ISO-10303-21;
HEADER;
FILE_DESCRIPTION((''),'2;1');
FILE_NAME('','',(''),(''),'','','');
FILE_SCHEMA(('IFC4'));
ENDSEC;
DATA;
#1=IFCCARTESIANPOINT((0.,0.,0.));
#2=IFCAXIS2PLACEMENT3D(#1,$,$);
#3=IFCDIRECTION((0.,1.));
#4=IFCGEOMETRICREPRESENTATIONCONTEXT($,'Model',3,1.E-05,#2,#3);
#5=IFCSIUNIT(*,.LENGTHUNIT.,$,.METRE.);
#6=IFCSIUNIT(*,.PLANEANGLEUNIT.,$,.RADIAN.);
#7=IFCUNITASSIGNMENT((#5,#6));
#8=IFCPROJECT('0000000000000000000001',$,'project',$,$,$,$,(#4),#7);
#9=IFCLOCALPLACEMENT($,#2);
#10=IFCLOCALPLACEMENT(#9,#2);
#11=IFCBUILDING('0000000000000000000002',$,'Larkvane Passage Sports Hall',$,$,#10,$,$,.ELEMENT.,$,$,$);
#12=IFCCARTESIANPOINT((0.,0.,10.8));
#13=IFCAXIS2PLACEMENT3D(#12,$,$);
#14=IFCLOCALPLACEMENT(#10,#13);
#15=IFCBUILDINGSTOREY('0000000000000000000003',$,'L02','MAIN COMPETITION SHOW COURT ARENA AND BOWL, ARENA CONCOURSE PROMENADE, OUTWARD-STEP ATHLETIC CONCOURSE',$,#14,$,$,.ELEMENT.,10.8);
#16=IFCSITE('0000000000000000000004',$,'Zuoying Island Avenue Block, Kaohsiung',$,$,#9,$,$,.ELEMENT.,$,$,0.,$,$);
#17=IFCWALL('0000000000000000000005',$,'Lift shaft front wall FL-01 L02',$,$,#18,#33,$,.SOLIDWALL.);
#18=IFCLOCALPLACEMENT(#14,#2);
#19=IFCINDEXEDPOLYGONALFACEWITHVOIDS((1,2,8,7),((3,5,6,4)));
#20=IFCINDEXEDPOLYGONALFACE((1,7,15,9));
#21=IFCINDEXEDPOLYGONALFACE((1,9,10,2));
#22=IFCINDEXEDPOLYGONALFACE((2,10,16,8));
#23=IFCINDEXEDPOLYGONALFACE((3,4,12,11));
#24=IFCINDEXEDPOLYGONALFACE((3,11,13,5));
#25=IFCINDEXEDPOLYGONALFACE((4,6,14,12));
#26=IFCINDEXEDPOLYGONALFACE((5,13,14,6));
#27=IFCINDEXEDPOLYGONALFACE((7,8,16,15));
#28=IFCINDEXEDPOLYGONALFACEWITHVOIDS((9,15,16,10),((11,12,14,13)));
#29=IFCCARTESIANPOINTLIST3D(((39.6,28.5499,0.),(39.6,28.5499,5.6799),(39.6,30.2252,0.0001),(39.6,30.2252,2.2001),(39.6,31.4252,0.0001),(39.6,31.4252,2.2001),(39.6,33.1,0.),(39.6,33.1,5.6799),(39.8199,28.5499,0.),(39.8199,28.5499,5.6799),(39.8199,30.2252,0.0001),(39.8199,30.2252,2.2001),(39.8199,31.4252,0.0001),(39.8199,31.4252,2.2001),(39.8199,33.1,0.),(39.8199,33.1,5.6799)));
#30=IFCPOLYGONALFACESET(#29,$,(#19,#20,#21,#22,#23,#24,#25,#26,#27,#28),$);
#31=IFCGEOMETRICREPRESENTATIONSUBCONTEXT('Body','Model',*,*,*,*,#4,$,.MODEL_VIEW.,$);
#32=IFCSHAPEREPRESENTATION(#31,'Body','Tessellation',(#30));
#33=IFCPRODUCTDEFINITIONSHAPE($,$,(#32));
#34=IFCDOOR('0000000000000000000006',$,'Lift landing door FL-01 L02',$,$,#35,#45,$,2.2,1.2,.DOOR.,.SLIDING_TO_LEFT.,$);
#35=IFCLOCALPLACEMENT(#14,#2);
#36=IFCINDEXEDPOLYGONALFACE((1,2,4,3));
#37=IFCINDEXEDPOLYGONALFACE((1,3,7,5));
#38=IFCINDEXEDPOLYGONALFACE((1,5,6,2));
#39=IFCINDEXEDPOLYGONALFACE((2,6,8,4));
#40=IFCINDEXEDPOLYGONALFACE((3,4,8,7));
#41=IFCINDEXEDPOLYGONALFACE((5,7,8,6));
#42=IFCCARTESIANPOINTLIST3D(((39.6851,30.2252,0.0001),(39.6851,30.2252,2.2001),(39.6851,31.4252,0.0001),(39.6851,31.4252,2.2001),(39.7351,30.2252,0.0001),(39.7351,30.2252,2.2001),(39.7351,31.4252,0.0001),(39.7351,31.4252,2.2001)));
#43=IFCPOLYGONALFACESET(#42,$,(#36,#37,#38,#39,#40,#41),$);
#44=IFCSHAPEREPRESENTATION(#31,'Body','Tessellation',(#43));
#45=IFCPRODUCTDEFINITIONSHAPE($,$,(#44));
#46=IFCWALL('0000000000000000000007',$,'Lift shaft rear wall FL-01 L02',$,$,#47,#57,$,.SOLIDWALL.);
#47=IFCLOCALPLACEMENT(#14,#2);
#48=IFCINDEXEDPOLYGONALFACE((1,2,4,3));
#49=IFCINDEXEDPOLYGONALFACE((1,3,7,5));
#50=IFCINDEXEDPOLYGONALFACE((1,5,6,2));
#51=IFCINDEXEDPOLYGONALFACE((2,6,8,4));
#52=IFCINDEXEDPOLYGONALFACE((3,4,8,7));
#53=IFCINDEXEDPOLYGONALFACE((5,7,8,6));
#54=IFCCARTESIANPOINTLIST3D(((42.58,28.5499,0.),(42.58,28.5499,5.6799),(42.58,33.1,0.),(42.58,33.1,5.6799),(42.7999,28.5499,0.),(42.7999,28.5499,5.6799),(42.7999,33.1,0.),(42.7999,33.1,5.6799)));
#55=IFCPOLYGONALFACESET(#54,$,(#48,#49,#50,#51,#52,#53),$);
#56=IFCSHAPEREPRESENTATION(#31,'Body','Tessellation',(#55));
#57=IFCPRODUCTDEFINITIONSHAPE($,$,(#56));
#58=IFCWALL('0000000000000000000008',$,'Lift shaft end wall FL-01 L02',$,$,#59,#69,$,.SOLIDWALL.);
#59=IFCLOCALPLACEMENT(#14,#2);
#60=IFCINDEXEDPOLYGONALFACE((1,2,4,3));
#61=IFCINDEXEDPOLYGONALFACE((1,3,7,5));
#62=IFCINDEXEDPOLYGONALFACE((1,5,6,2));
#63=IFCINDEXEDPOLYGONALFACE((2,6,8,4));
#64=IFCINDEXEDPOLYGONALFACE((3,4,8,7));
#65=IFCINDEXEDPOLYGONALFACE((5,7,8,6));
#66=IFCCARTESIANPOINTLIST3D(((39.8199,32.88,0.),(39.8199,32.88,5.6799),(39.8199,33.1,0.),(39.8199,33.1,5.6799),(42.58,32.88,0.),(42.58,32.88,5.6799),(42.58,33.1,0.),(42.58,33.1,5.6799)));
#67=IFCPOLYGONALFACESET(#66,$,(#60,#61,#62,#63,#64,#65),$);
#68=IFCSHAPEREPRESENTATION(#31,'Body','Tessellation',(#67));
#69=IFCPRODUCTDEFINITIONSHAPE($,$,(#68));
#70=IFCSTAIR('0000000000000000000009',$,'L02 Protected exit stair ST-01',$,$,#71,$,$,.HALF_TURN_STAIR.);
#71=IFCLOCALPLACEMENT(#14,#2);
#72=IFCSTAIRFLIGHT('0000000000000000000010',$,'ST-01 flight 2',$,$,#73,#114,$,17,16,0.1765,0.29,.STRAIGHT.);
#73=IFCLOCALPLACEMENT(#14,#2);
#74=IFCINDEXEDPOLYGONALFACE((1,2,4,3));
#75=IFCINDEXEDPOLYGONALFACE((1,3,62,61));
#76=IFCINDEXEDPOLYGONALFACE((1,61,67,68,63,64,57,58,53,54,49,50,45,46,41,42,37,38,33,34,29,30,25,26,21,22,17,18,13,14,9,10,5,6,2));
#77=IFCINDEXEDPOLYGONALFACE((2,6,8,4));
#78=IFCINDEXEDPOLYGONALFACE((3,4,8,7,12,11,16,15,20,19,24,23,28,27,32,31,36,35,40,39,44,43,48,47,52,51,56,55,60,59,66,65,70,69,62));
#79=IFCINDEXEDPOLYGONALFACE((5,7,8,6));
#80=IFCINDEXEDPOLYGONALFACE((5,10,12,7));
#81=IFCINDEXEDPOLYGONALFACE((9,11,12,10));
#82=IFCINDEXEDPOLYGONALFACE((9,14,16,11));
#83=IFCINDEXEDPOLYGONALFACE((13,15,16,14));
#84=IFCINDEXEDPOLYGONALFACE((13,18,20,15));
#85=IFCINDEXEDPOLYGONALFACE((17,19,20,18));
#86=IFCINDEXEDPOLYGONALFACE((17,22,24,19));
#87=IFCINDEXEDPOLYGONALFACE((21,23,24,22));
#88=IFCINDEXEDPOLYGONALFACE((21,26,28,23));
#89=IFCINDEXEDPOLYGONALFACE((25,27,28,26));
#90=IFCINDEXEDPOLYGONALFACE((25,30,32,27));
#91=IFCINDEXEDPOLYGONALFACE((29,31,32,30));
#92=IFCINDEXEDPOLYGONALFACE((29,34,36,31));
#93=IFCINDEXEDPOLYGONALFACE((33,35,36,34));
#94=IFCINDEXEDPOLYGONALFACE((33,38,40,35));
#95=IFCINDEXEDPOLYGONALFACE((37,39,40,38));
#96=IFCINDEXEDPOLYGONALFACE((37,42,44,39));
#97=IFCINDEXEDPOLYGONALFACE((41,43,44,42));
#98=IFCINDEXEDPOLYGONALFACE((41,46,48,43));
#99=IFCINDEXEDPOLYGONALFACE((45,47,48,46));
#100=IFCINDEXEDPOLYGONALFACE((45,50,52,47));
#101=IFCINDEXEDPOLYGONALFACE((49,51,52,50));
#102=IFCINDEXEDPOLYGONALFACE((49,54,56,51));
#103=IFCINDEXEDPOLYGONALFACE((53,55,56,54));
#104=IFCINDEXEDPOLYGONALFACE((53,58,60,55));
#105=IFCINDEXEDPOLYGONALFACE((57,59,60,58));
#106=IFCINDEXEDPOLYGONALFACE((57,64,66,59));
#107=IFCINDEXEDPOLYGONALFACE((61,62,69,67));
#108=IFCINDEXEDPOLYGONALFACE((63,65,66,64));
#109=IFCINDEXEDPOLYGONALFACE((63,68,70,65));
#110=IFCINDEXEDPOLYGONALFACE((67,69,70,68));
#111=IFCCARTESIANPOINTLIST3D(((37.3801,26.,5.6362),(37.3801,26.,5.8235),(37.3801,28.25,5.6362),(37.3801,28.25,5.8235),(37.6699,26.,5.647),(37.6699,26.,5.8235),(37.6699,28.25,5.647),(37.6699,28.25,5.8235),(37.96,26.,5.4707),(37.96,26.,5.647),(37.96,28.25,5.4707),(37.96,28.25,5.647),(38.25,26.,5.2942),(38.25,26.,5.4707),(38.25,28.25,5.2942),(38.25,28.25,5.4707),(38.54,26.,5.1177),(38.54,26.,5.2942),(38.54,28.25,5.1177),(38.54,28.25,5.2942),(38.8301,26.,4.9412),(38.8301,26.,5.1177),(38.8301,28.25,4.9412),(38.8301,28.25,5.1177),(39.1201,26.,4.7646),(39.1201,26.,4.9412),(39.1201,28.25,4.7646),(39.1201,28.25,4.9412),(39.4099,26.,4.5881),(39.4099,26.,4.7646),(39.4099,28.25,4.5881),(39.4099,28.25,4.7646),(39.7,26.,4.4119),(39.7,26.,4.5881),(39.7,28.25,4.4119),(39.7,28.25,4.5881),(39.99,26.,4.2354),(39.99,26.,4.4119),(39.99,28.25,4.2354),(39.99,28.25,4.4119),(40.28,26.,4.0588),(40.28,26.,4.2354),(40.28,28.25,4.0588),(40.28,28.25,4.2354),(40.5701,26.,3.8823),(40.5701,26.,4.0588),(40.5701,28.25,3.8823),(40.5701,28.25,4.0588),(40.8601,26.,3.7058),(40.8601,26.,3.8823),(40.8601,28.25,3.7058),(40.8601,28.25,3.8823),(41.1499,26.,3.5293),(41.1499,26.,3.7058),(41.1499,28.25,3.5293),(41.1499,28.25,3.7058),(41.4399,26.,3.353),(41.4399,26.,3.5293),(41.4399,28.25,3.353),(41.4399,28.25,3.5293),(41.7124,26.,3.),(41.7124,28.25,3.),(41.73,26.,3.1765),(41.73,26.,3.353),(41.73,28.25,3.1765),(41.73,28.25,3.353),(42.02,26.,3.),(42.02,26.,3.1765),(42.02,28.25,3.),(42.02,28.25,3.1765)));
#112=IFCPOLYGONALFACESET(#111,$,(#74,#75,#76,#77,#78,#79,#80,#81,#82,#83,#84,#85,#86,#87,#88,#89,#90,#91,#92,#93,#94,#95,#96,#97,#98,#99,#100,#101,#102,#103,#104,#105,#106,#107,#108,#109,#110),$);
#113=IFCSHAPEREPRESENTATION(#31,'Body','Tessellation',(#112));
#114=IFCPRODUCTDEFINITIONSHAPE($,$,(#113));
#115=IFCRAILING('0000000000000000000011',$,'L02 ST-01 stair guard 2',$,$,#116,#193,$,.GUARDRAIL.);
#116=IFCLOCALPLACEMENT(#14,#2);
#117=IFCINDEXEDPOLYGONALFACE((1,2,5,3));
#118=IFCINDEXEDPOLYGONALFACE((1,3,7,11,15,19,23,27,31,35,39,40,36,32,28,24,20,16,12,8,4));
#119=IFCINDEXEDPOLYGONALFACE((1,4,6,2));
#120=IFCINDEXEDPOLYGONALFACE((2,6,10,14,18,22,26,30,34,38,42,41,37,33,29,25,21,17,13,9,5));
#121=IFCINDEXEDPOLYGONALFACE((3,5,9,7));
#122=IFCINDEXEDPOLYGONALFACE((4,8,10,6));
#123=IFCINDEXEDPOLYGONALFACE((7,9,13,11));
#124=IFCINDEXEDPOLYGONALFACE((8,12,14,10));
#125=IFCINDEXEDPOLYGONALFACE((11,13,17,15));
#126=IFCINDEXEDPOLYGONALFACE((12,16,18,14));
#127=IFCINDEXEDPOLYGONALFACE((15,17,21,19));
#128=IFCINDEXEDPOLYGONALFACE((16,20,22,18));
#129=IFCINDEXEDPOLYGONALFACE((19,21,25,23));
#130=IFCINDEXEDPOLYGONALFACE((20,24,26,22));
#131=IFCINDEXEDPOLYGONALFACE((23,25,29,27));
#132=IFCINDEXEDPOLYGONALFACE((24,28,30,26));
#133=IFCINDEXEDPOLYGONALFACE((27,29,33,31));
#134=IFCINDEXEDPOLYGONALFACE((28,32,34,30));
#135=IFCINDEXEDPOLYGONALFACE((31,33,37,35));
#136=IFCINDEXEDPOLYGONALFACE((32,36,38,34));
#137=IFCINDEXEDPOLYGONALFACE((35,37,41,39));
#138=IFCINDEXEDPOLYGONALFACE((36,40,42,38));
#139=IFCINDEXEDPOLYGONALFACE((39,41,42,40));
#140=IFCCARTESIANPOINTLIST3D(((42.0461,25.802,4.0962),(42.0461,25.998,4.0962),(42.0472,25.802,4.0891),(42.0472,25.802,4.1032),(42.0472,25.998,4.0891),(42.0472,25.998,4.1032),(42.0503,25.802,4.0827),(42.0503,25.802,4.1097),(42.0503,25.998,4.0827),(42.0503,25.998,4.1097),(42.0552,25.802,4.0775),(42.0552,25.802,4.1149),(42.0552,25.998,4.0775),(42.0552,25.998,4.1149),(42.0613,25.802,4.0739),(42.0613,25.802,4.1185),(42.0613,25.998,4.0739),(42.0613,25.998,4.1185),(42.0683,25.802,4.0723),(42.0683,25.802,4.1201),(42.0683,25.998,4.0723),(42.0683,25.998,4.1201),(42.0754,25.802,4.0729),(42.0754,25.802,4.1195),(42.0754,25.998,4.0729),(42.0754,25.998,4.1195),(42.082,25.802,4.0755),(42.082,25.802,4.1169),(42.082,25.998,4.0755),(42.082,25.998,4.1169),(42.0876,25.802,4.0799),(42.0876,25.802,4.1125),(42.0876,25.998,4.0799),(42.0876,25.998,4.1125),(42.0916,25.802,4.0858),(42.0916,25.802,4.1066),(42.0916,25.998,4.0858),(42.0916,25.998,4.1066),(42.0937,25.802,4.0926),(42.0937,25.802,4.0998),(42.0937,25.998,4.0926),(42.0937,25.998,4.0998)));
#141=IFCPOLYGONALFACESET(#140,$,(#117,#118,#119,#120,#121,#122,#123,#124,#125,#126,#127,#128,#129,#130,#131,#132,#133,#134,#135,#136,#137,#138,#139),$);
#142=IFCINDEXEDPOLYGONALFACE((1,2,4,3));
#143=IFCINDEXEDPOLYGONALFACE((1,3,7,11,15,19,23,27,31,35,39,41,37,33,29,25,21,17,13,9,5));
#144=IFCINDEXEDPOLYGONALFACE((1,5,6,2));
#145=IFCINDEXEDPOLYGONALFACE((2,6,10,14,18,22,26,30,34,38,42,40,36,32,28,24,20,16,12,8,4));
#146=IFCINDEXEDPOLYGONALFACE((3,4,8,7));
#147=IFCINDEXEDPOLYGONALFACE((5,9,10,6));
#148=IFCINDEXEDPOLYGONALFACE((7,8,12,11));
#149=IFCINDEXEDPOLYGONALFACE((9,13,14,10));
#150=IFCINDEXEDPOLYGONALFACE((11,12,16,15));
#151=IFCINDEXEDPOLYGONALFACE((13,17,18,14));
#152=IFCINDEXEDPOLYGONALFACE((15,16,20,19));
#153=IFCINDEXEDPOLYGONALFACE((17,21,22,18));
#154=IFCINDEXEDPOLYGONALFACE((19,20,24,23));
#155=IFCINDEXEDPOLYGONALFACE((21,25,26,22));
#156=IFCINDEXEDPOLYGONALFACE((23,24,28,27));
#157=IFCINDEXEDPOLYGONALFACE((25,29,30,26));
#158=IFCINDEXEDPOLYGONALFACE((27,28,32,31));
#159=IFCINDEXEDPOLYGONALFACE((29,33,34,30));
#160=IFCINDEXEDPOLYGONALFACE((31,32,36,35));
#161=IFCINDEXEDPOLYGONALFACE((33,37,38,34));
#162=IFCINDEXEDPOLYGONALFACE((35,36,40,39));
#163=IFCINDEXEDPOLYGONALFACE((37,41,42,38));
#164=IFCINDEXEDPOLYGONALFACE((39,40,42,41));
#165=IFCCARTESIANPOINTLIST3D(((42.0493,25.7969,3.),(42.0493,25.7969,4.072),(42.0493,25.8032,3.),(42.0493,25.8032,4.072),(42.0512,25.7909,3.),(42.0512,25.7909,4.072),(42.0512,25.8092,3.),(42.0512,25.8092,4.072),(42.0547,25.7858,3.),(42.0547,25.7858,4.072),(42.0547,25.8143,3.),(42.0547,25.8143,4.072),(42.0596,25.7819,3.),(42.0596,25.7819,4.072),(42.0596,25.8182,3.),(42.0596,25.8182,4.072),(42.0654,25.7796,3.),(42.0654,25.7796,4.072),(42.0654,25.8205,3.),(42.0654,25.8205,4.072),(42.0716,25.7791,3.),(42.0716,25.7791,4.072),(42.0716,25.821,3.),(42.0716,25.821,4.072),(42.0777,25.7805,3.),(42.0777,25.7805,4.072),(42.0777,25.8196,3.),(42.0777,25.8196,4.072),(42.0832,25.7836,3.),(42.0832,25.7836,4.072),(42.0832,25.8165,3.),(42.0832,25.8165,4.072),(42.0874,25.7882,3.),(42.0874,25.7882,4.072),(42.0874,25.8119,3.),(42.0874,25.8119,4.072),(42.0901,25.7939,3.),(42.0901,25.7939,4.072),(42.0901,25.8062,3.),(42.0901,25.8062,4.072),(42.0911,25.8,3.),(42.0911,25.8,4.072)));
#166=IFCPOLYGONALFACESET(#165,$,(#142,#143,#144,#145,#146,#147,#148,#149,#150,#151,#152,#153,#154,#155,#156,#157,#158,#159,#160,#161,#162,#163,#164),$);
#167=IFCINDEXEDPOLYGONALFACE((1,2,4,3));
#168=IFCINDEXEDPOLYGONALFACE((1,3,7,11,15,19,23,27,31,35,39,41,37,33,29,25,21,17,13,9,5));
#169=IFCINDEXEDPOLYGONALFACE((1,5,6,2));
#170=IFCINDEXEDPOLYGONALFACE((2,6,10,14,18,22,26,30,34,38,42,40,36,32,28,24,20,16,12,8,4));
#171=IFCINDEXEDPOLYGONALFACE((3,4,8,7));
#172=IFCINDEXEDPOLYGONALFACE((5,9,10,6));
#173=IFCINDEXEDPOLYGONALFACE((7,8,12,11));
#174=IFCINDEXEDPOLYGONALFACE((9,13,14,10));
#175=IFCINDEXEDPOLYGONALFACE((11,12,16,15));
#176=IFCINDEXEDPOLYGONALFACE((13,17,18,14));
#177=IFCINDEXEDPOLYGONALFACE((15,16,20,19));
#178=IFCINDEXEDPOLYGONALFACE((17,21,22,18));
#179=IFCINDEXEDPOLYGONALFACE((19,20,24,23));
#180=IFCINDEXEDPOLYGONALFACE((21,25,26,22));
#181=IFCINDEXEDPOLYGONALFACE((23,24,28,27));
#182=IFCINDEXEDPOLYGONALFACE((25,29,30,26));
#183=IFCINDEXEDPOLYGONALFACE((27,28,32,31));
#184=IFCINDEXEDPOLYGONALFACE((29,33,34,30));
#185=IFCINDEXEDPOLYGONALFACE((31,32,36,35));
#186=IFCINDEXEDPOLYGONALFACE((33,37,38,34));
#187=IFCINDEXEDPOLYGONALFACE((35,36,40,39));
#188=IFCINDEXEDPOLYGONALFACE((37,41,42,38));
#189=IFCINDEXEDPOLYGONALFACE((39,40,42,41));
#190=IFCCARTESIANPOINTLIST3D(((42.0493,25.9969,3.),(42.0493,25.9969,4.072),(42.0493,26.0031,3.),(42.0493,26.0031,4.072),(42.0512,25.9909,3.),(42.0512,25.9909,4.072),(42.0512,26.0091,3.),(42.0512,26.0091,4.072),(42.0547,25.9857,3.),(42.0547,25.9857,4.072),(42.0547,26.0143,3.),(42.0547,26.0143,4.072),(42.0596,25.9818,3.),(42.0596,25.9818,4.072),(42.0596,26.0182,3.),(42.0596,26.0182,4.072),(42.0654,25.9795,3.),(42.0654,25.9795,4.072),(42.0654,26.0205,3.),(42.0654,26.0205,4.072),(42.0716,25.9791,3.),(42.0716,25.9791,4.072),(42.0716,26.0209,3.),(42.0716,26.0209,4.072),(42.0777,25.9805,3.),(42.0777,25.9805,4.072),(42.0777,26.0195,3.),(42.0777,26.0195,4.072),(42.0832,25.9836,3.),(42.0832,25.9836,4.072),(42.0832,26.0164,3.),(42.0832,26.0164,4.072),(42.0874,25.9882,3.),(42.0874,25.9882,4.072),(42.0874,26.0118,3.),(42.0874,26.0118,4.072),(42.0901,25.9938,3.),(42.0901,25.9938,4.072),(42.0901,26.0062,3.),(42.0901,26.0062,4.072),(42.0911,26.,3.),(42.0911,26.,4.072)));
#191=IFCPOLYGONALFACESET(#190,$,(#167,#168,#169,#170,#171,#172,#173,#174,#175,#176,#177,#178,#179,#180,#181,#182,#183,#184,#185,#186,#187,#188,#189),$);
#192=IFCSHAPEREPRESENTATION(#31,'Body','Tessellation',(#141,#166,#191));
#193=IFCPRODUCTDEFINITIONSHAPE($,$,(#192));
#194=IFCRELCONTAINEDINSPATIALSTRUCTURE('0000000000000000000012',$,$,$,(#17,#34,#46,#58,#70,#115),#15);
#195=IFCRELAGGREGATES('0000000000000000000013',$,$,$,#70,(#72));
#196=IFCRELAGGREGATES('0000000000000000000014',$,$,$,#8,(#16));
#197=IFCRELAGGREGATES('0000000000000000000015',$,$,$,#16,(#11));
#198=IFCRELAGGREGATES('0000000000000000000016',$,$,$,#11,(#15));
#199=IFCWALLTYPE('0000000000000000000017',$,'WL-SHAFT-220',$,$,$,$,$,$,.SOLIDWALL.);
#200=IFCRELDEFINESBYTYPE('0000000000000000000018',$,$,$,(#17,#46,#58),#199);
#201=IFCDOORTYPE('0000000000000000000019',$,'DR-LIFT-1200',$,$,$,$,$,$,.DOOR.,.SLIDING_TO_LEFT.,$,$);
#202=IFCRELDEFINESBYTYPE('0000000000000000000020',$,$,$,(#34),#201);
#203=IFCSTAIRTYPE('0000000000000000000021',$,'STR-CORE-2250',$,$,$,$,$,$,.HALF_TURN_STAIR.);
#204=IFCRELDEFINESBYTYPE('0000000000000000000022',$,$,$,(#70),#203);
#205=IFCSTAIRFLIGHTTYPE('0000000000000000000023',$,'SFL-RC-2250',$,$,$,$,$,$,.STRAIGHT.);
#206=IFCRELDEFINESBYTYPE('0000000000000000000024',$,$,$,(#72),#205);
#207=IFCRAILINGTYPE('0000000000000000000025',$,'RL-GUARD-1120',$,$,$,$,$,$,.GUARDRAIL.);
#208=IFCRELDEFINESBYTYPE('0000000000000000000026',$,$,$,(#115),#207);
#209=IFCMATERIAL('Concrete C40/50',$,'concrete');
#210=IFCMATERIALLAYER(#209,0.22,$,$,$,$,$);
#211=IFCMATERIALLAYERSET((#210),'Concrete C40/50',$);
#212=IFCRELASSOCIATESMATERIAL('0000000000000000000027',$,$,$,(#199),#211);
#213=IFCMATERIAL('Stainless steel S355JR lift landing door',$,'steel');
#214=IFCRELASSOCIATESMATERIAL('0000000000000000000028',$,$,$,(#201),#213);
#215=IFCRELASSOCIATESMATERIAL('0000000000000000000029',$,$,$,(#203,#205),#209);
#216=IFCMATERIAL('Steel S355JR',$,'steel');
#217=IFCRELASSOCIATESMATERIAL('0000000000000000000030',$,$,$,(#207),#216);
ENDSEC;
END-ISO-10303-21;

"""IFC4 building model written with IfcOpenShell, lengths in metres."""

from ifc_helpers import new_model, si_unit, direction, frame, frame_2d, origin, origin_2d, place, context, subcontext, project, spatial, polyline, rectangle, circle, outline, extrude, material, layer, layer_set, type_object, element, fill, aggregate, save


model = new_model("IFC4")

# Units and contexts
model_context = context("Model", 3, precision=1e-05, world=origin(), true_north=direction((0.0, 1.0)))
body_context = subcontext(model_context, "Body", "Model", "MODEL_VIEW")
ifc_project = project(units=[si_unit("LENGTHUNIT", "METRE"), si_unit("PLANEANGLEUNIT", "RADIAN")], contexts=[model_context])

# Site, building, storey
site_placement = place(None, origin())
site = spatial("IfcSite", under=ifc_project, at=site_placement, Name="Zuoying Island Avenue Block, Kaohsiung", CompositionType="ELEMENT", RefElevation=0.0)
building_placement = place(site_placement, origin())
building = spatial("IfcBuilding", under=site, at=building_placement, Name="Larkvane Passage Sports Hall", CompositionType="ELEMENT")
storey_placement = place(building_placement, frame((0.0, 0.0, 10.8)))
storey = spatial("IfcBuildingStorey", under=building, at=storey_placement, Name="L02", Description="MAIN COMPETITION SHOW COURT ARENA AND BOWL, ARENA CONCOURSE PROMENADE, OUTWARD-STEP ATHLETIC CONCOURSE", CompositionType="ELEMENT", Elevation=10.8)

# Shared definitions
ifc_material_1 = material(Name="Concrete C40/50", Category="concrete")

# Shared definitions
ifc_material_2 = material(Name="Steel S355JR", Category="steel")

# Wall, opening, door
ifc_layer_1 = layer(ifc_material_1, 0.22)
ifc_layer_set_1 = layer_set([ifc_layer_1], Name="Concrete C40/50")
wall_type_1 = type_object("IfcWallType", Name="WL-SHAFT-220", PredefinedType="SOLIDWALL", material=ifc_layer_set_1)
wall_1_placement = place(storey_placement, frame((39.71, 28.55, 0.0), z_axis=(0.0, 0.0, 1.0), x_axis=(0.0, 1.0, 0.0)))
wall_1 = element("IfcWall", 1, at=wall_1_placement, inside=storey, type_object=wall_type_1, Name="Lift shaft front wall FL-01 L02", PredefinedType="SOLIDWALL", context=body_context, shape_type="SweptSolid", body=[
    extrude(rectangle(XDim=4.55, YDim=0.22, at=frame_2d((2.2749, 0.0))), origin(), (0.0, 0.0, 1.0), 5.6799),
])
opening_1_placement = place(wall_1_placement, frame((1.675, 0.0, 0.0)))
opening_1 = element("IfcOpeningElement", 2, at=opening_1_placement, cuts=wall_1, PredefinedType="OPENING", context=body_context, shape_type="SweptSolid", body=[
    extrude(rectangle(XDim=1.2, YDim=2.2, at=frame_2d((0.6001, 1.1001))), frame((0.0, 0.1199, 0.0), z_axis=(0.0, -1.0, 0.0), x_axis=(1.0, 0.0, 0.0)), (0.0, 0.0, 1.0), 0.24),
])
ifc_material_3 = material(Name="Stainless steel S355JR lift landing door", Category="steel")
door_type_1 = type_object("IfcDoorType", Name="DR-LIFT-1200", OperationType="SLIDING_TO_LEFT", PredefinedType="DOOR", material=ifc_material_3)
door_1_placement = place(opening_1_placement, origin())
door_1 = element("IfcDoor", 3, at=door_1_placement, inside=storey, type_object=door_type_1, Name="Lift landing door FL-01 L02", OperationType="SLIDING_TO_LEFT", OverallHeight=2.2, OverallWidth=1.2, PredefinedType="DOOR", context=body_context, shape_type="SweptSolid", body=[
    extrude(rectangle(XDim=1.2, YDim=2.2, at=frame_2d((0.6001, 1.1001))), frame((0.0, 0.0249, 0.0), z_axis=(0.0, -1.0, 0.0), x_axis=(1.0, 0.0, 0.0)), (0.0, 0.0, 1.0), 0.05),
])
fill(opening_1, door_1)

# Walls
wall_2_placement = place(storey_placement, frame((42.6899, 28.55, 0.0), z_axis=(0.0, 0.0, 1.0), x_axis=(0.0, 1.0, 0.0)))
element("IfcWall", 4, at=wall_2_placement, inside=storey, type_object=wall_type_1, Name="Lift shaft rear wall FL-01 L02", PredefinedType="SOLIDWALL", context=body_context, shape_type="SweptSolid", body=[
    extrude(rectangle(XDim=4.55, YDim=0.22, at=frame_2d((2.2749, 0.0))), origin(), (0.0, 0.0, 1.0), 5.6799),
])
wall_3_placement = place(storey_placement, frame((39.8201, 32.99, 0.0), z_axis=(0.0, 0.0, 1.0), x_axis=(1.0, 0.0, 0.0)))
element("IfcWall", 5, at=wall_3_placement, inside=storey, type_object=wall_type_1, Name="Lift shaft end wall FL-01 L02", PredefinedType="SOLIDWALL", context=body_context, shape_type="SweptSolid", body=[
    extrude(rectangle(XDim=2.76, YDim=0.22, at=frame_2d((1.3799, 0.0))), origin(), (0.0, 0.0, 1.0), 5.6799),
])

# Stair, stair flight
stair_type = type_object("IfcStairType", Name="STR-CORE-2250", PredefinedType="HALF_TURN_STAIR", material=ifc_material_1)
stair_placement = place(storey_placement, origin())
stair = element("IfcStair", 6, at=stair_placement, inside=storey, type_object=stair_type, Name="L02 Protected exit stair ST-01", PredefinedType="HALF_TURN_STAIR")
stair_flight_type = type_object("IfcStairFlightType", Name="SFL-RC-2250", PredefinedType="STRAIGHT", material=ifc_material_1)
stair_flight_placement = place(storey_placement, frame((42.02, 27.125, 3.0), z_axis=(0.0, 0.0, 1.0), x_axis=(-1.0, 0.0, 0.0)))
stair_flight = element("IfcStairFlight", 7, at=stair_flight_placement, type_object=stair_flight_type, Name="ST-01 flight 2", NumberOfRisers=17, NumberOfTreads=16, PredefinedType="STRAIGHT", RiserHeight=0.1765, TreadLength=0.29, context=body_context, shape_type="SweptSolid", body=[
    extrude(outline(polyline([(0.0, 0.0), (0.0, 0.1765), (0.29, 0.1765), (0.29, 0.353), (0.5801, 0.353), (0.5801, 0.5293), (0.8701, 0.5293), (0.8701, 0.7058), (1.1599, 0.7058), (1.1599, 0.8823), (1.45, 0.8823), (1.45, 1.0588), (1.74, 1.0588), (1.74, 1.2354), (2.03, 1.2354), (2.03, 1.4119), (2.3201, 1.4119), (2.3201, 1.5881), (2.6101, 1.5881), (2.6101, 1.7646), (2.8999, 1.7646), (2.8999, 1.9412), (3.1899, 1.9412), (3.1899, 2.1177), (3.48, 2.1177), (3.48, 2.2942), (3.77, 2.2942), (3.77, 2.4707), (4.0601, 2.4707), (4.0601, 2.647), (4.3501, 2.647), (4.3501, 2.8235), (4.6399, 2.8235), (4.6399, 3.0), (4.6399, 2.6362), (0.3076, 0.0), (0.0, 0.0)])), frame((0.0, 1.125, 0.0), z_axis=(0.0, -1.0, 0.0), x_axis=(1.0, 0.0, 0.0)), (0.0, 0.0, 1.0), 2.25),
])
aggregate(stair, [stair_flight])

# Railing
railing_type_1 = type_object("IfcRailingType", Name="RL-GUARD-1120", PredefinedType="GUARDRAIL", material=ifc_material_2)
railing_1_placement = place(storey_placement, frame((42.0701, 25.8, 3.0)))
element("IfcRailing", 8, at=railing_1_placement, inside=storey, type_object=railing_type_1, Name="L02 ST-01 stair guard 2", PredefinedType="GUARDRAIL", context=body_context, shape_type="SweptSolid", body=[
    extrude(circle(Radius=0.0239, at=origin_2d()), frame((0.0, 0.002, 1.0962), z_axis=(0.0, 1.0, 0.0), x_axis=(-1.0, 0.0, 0.0)), (0.0, 0.0, 1.0), 0.196),
    extrude(circle(Radius=0.021, at=origin_2d()), origin(), (0.0, 0.0, 1.0), 1.072),
    extrude(circle(Radius=0.021, at=origin_2d()), frame((0.0, 0.2, 0.0)), (0.0, 0.0, 1.0), 1.072),
])

save(model, "model.ifc")
